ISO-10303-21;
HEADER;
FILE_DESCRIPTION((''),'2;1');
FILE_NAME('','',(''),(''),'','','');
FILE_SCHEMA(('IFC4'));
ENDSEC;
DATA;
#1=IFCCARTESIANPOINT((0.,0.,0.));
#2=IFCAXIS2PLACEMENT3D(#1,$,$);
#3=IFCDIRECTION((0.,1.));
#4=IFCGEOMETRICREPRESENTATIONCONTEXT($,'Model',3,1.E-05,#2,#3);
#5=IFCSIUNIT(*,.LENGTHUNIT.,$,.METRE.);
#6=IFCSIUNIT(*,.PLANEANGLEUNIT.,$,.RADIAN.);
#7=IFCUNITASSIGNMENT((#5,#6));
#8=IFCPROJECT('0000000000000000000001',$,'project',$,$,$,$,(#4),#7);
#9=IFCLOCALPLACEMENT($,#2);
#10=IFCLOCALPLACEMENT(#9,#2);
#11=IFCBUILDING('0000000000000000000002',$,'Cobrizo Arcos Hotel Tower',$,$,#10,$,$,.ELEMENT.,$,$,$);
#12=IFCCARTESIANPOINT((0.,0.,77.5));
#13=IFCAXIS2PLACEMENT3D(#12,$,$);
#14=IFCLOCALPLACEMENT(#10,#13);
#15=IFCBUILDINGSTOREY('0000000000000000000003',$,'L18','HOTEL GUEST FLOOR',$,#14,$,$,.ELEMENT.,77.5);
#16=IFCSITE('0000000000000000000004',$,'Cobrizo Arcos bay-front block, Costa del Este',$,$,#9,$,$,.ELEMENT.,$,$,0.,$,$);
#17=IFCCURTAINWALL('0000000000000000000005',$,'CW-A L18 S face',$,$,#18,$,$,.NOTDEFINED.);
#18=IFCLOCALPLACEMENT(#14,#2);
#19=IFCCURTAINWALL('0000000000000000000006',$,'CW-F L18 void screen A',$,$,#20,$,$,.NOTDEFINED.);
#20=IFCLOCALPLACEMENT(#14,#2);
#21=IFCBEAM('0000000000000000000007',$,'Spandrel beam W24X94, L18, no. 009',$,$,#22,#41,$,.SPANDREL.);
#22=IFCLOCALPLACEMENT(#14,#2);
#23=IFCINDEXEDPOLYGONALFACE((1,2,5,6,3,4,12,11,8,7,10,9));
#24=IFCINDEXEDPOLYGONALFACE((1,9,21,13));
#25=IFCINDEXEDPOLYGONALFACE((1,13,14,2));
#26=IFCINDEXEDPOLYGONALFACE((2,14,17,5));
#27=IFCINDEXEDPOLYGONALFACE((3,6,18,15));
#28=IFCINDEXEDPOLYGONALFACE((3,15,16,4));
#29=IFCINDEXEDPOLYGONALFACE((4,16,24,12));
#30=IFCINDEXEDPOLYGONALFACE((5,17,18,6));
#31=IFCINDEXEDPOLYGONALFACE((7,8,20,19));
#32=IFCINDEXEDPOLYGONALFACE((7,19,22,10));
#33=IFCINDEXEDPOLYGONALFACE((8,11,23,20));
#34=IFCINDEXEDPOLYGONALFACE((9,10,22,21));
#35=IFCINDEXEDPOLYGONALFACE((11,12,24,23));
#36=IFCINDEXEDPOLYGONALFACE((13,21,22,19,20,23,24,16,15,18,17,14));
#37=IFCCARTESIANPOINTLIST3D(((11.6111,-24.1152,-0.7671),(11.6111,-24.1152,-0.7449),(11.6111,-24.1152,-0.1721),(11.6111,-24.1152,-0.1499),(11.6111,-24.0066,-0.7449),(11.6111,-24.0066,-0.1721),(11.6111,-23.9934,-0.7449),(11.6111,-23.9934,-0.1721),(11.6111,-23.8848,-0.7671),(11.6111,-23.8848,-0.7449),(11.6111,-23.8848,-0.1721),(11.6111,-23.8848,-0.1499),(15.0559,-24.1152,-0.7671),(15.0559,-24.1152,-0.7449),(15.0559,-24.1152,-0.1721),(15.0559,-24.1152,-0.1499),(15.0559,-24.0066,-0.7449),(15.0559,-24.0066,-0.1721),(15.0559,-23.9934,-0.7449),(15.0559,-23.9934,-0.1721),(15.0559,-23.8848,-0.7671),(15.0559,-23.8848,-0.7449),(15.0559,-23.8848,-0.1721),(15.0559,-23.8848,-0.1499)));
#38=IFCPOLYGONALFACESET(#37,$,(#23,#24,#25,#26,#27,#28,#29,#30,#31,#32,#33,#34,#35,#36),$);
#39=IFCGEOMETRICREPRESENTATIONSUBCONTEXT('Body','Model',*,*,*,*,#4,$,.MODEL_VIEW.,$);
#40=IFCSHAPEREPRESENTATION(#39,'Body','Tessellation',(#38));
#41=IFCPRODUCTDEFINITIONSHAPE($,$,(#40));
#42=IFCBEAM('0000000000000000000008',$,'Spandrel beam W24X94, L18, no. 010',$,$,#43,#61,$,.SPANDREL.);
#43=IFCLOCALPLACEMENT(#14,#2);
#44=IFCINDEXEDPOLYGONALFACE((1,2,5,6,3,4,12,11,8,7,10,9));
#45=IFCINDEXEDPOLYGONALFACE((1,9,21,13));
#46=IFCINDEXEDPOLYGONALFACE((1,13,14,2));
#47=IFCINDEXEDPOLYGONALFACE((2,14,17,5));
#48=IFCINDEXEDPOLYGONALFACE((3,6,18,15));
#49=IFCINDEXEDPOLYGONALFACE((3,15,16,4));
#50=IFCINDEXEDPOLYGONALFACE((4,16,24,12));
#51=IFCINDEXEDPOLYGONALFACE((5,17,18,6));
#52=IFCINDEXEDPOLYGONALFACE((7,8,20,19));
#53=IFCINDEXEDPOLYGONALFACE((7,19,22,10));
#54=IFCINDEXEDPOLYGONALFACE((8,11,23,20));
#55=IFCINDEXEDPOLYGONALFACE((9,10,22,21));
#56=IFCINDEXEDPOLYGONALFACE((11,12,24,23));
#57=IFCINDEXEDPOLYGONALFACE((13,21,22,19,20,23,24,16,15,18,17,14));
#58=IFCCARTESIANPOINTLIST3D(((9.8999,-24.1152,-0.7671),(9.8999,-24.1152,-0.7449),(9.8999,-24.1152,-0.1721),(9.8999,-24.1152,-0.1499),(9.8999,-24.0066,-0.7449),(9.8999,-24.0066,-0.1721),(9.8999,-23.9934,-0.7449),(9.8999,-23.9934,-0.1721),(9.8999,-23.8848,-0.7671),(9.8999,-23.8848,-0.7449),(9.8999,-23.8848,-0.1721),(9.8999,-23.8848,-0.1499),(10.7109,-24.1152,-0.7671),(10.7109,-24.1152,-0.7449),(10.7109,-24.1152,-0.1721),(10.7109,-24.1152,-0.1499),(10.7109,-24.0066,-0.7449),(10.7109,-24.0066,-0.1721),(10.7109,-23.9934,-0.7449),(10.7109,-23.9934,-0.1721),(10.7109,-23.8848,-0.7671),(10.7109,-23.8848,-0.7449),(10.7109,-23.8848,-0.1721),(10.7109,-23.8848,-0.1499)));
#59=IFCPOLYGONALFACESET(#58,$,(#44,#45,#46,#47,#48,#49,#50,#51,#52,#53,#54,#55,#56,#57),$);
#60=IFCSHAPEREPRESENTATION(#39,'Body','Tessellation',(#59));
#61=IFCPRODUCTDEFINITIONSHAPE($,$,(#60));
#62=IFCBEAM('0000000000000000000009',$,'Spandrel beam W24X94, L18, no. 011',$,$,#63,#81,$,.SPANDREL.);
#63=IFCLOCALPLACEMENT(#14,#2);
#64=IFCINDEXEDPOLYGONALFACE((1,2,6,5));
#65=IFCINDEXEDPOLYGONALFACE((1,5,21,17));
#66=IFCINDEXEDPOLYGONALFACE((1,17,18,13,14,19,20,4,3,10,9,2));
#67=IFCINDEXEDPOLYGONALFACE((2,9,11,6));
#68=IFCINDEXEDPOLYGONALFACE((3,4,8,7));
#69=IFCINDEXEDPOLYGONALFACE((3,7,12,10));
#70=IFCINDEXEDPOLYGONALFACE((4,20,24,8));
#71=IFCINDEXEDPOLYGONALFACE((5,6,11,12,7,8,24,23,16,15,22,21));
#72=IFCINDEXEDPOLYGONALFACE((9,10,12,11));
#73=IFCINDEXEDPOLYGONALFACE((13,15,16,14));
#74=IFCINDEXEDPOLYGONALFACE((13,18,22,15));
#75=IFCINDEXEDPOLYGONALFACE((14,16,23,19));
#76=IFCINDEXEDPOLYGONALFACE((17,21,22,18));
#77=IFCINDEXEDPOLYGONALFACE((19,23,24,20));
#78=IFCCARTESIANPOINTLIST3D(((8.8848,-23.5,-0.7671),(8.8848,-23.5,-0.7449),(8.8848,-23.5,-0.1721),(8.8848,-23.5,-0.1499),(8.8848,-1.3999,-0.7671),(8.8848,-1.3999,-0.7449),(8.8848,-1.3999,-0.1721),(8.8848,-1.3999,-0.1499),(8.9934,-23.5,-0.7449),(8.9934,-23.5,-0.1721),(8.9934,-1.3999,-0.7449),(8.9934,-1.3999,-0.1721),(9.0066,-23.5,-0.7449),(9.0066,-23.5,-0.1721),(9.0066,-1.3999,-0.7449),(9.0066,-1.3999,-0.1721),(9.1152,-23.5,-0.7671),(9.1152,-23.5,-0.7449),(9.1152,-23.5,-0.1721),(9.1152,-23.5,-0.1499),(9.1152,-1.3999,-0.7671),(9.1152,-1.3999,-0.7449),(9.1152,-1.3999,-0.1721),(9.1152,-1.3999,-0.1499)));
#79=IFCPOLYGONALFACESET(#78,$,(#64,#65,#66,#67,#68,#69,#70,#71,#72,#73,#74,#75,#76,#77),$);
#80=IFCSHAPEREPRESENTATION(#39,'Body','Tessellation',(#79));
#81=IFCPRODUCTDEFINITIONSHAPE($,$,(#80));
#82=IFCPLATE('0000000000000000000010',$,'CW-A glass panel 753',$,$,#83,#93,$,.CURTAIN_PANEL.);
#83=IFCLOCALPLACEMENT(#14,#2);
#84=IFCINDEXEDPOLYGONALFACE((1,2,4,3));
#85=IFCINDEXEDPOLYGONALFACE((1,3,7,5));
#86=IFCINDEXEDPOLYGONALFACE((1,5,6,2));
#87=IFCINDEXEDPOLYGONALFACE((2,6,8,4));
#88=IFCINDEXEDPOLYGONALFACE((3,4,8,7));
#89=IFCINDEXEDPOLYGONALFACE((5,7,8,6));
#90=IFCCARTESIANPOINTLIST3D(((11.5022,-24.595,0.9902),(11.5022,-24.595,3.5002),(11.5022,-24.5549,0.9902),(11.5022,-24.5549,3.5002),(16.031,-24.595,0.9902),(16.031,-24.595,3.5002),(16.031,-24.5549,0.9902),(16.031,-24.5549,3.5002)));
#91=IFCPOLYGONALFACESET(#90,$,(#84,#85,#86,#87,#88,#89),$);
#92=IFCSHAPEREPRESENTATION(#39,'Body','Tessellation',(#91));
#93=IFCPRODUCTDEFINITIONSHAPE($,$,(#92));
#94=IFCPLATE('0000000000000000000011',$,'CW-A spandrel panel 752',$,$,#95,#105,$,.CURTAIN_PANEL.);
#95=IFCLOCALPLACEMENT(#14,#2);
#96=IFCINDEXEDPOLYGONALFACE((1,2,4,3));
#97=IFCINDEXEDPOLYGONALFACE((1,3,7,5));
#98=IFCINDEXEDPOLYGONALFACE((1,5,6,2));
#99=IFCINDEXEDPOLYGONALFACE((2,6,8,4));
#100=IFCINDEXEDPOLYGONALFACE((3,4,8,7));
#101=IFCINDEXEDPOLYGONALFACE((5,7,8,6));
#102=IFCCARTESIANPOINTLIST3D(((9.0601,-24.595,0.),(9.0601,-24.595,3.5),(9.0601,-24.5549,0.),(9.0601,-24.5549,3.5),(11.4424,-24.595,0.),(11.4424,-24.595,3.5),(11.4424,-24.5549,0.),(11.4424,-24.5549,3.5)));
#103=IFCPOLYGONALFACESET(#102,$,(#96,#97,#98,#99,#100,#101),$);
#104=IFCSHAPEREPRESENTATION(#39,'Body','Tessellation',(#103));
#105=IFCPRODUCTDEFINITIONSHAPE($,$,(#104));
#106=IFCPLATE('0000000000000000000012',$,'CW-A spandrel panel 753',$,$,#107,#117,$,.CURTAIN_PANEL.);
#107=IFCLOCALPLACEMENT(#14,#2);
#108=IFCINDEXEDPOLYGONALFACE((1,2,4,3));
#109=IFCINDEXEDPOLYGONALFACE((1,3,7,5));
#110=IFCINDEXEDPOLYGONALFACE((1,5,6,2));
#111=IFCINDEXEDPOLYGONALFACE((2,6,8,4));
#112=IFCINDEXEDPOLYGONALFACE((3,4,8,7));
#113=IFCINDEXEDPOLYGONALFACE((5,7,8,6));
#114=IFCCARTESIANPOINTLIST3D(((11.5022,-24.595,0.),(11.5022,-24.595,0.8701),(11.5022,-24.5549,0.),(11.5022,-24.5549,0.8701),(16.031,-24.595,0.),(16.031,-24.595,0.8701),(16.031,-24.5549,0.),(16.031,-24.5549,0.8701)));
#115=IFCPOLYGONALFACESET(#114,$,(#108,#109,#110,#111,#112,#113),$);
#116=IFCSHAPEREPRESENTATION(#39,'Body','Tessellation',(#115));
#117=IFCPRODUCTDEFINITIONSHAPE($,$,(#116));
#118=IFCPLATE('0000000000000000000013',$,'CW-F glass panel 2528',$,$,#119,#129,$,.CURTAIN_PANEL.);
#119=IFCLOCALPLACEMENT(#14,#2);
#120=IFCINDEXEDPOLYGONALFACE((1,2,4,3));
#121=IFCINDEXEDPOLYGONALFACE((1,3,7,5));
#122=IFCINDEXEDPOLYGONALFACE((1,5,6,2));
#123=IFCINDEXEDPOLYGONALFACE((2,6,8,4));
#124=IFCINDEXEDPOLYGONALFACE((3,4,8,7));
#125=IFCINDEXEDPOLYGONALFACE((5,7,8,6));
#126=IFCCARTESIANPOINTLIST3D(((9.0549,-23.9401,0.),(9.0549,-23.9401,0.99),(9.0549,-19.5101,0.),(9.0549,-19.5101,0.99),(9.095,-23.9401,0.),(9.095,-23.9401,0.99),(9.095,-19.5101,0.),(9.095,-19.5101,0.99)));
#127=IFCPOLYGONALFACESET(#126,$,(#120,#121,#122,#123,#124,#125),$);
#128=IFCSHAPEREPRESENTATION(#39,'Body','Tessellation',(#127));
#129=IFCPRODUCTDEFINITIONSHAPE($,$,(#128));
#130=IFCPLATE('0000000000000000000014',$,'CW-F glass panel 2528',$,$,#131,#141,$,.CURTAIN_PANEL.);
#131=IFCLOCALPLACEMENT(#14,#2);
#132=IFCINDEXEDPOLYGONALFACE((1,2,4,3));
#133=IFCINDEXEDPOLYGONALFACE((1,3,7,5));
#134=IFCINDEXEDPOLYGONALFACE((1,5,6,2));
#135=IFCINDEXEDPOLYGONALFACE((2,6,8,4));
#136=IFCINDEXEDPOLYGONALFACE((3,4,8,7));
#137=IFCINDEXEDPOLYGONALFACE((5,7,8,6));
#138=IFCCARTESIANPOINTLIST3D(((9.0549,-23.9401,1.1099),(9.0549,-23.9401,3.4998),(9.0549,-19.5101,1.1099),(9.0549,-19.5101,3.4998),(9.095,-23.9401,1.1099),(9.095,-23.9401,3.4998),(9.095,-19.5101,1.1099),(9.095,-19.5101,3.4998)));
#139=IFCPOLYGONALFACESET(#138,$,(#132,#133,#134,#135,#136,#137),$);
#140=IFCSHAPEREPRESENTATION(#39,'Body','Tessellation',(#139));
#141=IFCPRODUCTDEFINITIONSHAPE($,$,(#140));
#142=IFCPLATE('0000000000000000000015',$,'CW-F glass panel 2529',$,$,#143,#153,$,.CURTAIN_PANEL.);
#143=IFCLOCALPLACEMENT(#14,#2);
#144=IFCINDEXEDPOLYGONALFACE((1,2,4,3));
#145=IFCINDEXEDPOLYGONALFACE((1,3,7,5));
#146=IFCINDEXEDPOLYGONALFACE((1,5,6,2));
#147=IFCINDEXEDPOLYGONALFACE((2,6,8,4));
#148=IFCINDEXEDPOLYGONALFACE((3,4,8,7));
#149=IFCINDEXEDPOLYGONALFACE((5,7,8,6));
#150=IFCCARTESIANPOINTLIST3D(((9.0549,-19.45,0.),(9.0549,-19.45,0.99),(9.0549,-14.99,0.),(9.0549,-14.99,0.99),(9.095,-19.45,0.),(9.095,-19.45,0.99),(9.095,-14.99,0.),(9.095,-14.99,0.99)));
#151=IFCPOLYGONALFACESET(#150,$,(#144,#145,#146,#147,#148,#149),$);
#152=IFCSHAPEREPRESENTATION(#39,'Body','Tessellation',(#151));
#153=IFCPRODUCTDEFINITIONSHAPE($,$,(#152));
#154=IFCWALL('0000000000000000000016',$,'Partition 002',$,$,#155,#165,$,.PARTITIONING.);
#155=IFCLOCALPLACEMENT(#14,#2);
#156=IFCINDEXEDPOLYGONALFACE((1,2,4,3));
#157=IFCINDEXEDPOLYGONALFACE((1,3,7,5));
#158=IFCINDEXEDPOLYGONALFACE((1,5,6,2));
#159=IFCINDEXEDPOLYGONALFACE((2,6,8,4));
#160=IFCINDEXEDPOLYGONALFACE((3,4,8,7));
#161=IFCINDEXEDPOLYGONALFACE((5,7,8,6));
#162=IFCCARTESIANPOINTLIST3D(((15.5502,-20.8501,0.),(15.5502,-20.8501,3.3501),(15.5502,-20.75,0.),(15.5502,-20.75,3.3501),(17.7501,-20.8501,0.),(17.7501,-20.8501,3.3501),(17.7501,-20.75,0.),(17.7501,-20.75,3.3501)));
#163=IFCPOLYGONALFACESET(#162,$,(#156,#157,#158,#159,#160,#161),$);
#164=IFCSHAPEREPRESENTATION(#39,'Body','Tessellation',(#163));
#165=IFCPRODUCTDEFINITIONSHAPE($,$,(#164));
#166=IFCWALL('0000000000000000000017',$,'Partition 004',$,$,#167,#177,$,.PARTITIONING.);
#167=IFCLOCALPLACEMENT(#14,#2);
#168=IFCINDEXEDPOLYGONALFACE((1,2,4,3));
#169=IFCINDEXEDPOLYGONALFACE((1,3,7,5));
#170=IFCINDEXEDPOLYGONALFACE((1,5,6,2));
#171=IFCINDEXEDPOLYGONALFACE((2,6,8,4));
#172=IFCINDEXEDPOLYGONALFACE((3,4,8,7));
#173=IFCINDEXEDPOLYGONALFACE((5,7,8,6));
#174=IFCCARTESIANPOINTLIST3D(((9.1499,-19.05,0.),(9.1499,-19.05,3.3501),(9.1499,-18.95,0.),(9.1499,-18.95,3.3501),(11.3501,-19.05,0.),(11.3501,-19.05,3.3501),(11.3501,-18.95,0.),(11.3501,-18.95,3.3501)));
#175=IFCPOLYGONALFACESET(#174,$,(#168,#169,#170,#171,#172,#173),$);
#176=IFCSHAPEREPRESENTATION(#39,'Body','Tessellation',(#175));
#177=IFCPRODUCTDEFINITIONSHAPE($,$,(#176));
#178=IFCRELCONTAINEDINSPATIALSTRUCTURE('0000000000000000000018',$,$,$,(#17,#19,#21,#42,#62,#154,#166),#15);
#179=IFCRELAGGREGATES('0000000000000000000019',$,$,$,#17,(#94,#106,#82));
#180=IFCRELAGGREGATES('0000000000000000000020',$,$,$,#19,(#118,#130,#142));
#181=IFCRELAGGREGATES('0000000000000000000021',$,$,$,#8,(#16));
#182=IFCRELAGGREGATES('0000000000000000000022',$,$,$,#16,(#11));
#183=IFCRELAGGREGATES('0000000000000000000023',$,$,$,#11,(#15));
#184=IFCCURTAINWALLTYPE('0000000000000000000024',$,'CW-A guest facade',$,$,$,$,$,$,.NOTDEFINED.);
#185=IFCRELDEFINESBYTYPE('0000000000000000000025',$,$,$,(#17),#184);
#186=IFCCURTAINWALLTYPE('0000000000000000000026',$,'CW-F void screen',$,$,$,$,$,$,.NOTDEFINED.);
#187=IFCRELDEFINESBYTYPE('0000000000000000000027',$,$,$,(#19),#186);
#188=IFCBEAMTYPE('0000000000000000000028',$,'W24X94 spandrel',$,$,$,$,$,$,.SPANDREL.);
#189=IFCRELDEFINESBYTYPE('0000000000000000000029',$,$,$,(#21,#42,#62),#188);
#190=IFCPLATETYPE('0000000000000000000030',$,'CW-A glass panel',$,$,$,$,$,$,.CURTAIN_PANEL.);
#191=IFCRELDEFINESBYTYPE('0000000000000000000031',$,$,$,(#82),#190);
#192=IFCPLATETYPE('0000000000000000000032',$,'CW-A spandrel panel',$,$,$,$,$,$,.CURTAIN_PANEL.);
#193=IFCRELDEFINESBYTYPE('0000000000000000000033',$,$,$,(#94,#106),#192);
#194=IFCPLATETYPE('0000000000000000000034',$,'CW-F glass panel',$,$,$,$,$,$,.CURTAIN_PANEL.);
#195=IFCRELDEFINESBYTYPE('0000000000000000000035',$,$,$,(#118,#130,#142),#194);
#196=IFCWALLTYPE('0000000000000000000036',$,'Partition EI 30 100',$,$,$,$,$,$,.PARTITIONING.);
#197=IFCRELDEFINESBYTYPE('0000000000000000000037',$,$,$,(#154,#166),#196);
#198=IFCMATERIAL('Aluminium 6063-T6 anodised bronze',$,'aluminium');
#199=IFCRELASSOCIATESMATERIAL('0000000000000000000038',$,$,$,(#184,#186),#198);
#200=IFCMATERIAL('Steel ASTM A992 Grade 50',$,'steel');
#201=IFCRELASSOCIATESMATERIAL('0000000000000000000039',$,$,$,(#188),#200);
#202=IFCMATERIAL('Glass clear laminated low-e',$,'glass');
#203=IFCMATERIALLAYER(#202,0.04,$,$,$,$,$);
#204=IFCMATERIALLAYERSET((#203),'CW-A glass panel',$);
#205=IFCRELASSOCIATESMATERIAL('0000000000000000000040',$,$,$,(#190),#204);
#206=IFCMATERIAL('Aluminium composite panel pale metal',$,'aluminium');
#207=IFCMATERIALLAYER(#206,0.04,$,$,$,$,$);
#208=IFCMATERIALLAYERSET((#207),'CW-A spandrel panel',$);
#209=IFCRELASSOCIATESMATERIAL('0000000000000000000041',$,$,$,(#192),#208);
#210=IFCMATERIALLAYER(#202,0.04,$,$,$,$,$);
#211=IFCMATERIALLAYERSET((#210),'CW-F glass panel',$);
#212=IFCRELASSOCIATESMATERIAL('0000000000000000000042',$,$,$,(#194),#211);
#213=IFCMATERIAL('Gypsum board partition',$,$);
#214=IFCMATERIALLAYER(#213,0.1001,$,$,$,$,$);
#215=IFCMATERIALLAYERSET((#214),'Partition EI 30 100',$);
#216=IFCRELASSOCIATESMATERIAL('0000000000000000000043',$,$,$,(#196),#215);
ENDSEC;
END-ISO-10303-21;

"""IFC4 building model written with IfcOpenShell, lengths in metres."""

from ifc_helpers import new_model, si_unit, direction, frame, frame_2d, origin, origin_2d, place, context, subcontext, project, spatial, rectangle, i_section, extrude, material, layer, layer_set, material_profile, profile_set, type_object, element, aggregate, save


model = new_model("IFC4")

# Units and contexts
model_context = context("Model", 3, precision=1e-05, world=origin(), true_north=direction((0.0, 1.0)))
body_context = subcontext(model_context, "Body", "Model", "MODEL_VIEW")
ifc_project = project(units=[si_unit("LENGTHUNIT", "METRE"), si_unit("PLANEANGLEUNIT", "RADIAN")], contexts=[model_context])

# Site, building, storey
site_placement = place(None, origin())
site = spatial("IfcSite", under=ifc_project, at=site_placement, Name="Cobrizo Arcos bay-front block, Costa del Este", CompositionType="ELEMENT", RefElevation=0.0)
building_placement = place(site_placement, origin())
building = spatial("IfcBuilding", under=site, at=building_placement, Name="Cobrizo Arcos Hotel Tower", CompositionType="ELEMENT")
storey_placement = place(building_placement, frame((0.0, 0.0, 77.5)))
storey = spatial("IfcBuildingStorey", under=building, at=storey_placement, Name="L18", Description="HOTEL GUEST FLOOR", CompositionType="ELEMENT", Elevation=77.5)

# Curtain walls
ifc_material_1 = material(Name="Aluminium 6063-T6 anodised bronze", Category="aluminium")
curtain_wall_type_1 = type_object("IfcCurtainWallType", Name="CW-A guest facade", PredefinedType="NOTDEFINED", material=ifc_material_1)
curtain_wall_1_placement = place(storey_placement, origin())
curtain_wall_1 = element("IfcCurtainWall", 1, at=curtain_wall_1_placement, inside=storey, type_object=curtain_wall_type_1, Name="CW-A L18 S face", PredefinedType="NOTDEFINED")
curtain_wall_type_2 = type_object("IfcCurtainWallType", Name="CW-F void screen", PredefinedType="NOTDEFINED", material=ifc_material_1)
curtain_wall_2_placement = place(storey_placement, origin())
curtain_wall_2 = element("IfcCurtainWall", 2, at=curtain_wall_2_placement, inside=storey, type_object=curtain_wall_type_2, Name="CW-F L18 void screen A", PredefinedType="NOTDEFINED")

# Beams
ifc_material_2 = material(Name="Steel ASTM A992 Grade 50", Category="steel")
ifc_material_profile_1 = material_profile(ifc_material_2, i_section(OverallWidth=0.2305, OverallDepth=0.6172, WebThickness=0.0132, FlangeThickness=0.0222, at=origin_2d()), Name="W24X94")
ifc_profile_set_1 = profile_set([ifc_material_profile_1], Name="Steel ASTM A992 Grade 50")
beam_type_1 = type_object("IfcBeamType", Name="W24X94 spandrel", PredefinedType="SPANDREL", material=ifc_profile_set_1)
beam_1_placement = place(storey_placement, frame((15.0559, -24.0, -0.4585), z_axis=(-1.0, 0.0, 0.0), x_axis=(0.0, -1.0, 0.0)))
element("IfcBeam", 3, at=beam_1_placement, inside=storey, type_object=beam_type_1, Name="Spandrel beam W24X94, L18, no. 009", PredefinedType="SPANDREL", context=body_context, shape_type="SweptSolid", body=[
    extrude(i_section(OverallWidth=0.2305, OverallDepth=0.6172, WebThickness=0.0132, FlangeThickness=0.0222, at=origin_2d()), origin(), (0.0, 0.0, 1.0), 3.4448),
])
beam_2_placement = place(storey_placement, frame((10.7109, -24.0, -0.4585), z_axis=(-1.0, 0.0, 0.0), x_axis=(0.0, -1.0, 0.0)))
element("IfcBeam", 4, at=beam_2_placement, inside=storey, type_object=beam_type_1, Name="Spandrel beam W24X94, L18, no. 010", PredefinedType="SPANDREL", context=body_context, shape_type="SweptSolid", body=[
    extrude(i_section(OverallWidth=0.2305, OverallDepth=0.6172, WebThickness=0.0132, FlangeThickness=0.0222, at=origin_2d()), origin(), (0.0, 0.0, 1.0), 0.811),
])
beam_3_placement = place(storey_placement, frame((9.0, -23.5, -0.4585), z_axis=(0.0, 1.0, 0.0), x_axis=(-1.0, 0.0, 0.0)))
element("IfcBeam", 5, at=beam_3_placement, inside=storey, type_object=beam_type_1, Name="Spandrel beam W24X94, L18, no. 011", PredefinedType="SPANDREL", context=body_context, shape_type="SweptSolid", body=[
    extrude(i_section(OverallWidth=0.2305, OverallDepth=0.6172, WebThickness=0.0132, FlangeThickness=0.0222, at=origin_2d()), origin(), (0.0, 0.0, 1.0), 22.1001),
])

# Plates
ifc_material_3 = material(Name="Glass clear laminated low-e", Category="glass")
ifc_layer_1 = layer(ifc_material_3, 0.04)
ifc_layer_set_1 = layer_set([ifc_layer_1], Name="CW-A glass panel")
plate_type_1 = type_object("IfcPlateType", Name="CW-A glass panel", PredefinedType="CURTAIN_PANEL", material=ifc_layer_set_1)
plate_1_placement = place(storey_placement, frame((13.7666, -24.575, 0.9902), z_axis=(0.0, 0.0, 1.0), x_axis=(1.0, 0.0, 0.0)))
plate_1 = element("IfcPlate", 6, at=plate_1_placement, type_object=plate_type_1, Name="CW-A glass panel 753", PredefinedType="CURTAIN_PANEL", context=body_context, shape_type="SweptSolid", body=[
    extrude(rectangle(XDim=4.5288, YDim=0.04, at=origin_2d()), origin(), (0.0, 0.0, 1.0), 2.51),
])
ifc_material_4 = material(Name="Aluminium composite panel pale metal", Category="aluminium")
ifc_layer_2 = layer(ifc_material_4, 0.04)
ifc_layer_set_2 = layer_set([ifc_layer_2], Name="CW-A spandrel panel")
plate_type_2 = type_object("IfcPlateType", Name="CW-A spandrel panel", PredefinedType="CURTAIN_PANEL", material=ifc_layer_set_2)
plate_2_placement = place(storey_placement, frame((10.2512, -24.575, 0.0), z_axis=(0.0, 0.0, 1.0), x_axis=(1.0, 0.0, 0.0)))
plate_2 = element("IfcPlate", 7, at=plate_2_placement, type_object=plate_type_2, Name="CW-A spandrel panel 752", PredefinedType="CURTAIN_PANEL", context=body_context, shape_type="SweptSolid", body=[
    extrude(rectangle(XDim=2.3823, YDim=0.04, at=origin_2d()), origin(), (0.0, 0.0, 1.0), 3.5),
])
plate_3_placement = place(storey_placement, frame((13.7666, -24.575, 0.0), z_axis=(0.0, 0.0, 1.0), x_axis=(1.0, 0.0, 0.0)))
plate_3 = element("IfcPlate", 8, at=plate_3_placement, type_object=plate_type_2, Name="CW-A spandrel panel 753", PredefinedType="CURTAIN_PANEL", context=body_context, shape_type="SweptSolid", body=[
    extrude(rectangle(XDim=4.5288, YDim=0.04, at=origin_2d()), origin(), (0.0, 0.0, 1.0), 0.8701),
])
aggregate(curtain_wall_1, [plate_2, plate_3, plate_1])
ifc_layer_3 = layer(ifc_material_3, 0.04)
ifc_layer_set_3 = layer_set([ifc_layer_3], Name="CW-F glass panel")
plate_type_3 = type_object("IfcPlateType", Name="CW-F glass panel", PredefinedType="CURTAIN_PANEL", material=ifc_layer_set_3)
plate_4_placement = place(storey_placement, frame((9.075, -21.7251, 0.0), z_axis=(0.0, 0.0, 1.0), x_axis=(0.0, 1.0, 0.0)))
plate_4 = element("IfcPlate", 9, at=plate_4_placement, type_object=plate_type_3, Name="CW-F glass panel 2528", PredefinedType="CURTAIN_PANEL", context=body_context, shape_type="SweptSolid", body=[
    extrude(rectangle(XDim=4.4299, YDim=0.04, at=origin_2d()), origin(), (0.0, 0.0, 1.0), 0.99),
])
plate_5_placement = place(storey_placement, frame((9.075, -21.7251, 1.1099), z_axis=(0.0, 0.0, 1.0), x_axis=(0.0, 1.0, 0.0)))
plate_5 = element("IfcPlate", 10, at=plate_5_placement, type_object=plate_type_3, Name="CW-F glass panel 2528", PredefinedType="CURTAIN_PANEL", context=body_context, shape_type="SweptSolid", body=[
    extrude(rectangle(XDim=4.4299, YDim=0.04, at=origin_2d()), origin(), (0.0, 0.0, 1.0), 2.3899),
])
plate_6_placement = place(storey_placement, frame((9.075, -17.22, 0.0), z_axis=(0.0, 0.0, 1.0), x_axis=(0.0, 1.0, 0.0)))
plate_6 = element("IfcPlate", 11, at=plate_6_placement, type_object=plate_type_3, Name="CW-F glass panel 2529", PredefinedType="CURTAIN_PANEL", context=body_context, shape_type="SweptSolid", body=[
    extrude(rectangle(XDim=4.46, YDim=0.04, at=origin_2d()), origin(), (0.0, 0.0, 1.0), 0.99),
])
aggregate(curtain_wall_2, [plate_4, plate_5, plate_6])

# Walls
ifc_material_5 = material(Name="Gypsum board partition")
ifc_layer_4 = layer(ifc_material_5, 0.1001)
ifc_layer_set_4 = layer_set([ifc_layer_4], Name="Partition EI 30 100")
wall_type = type_object("IfcWallType", Name="Partition EI 30 100", PredefinedType="PARTITIONING", material=ifc_layer_set_4)
wall_1_placement = place(storey_placement, frame((15.55, -20.8, 0.0), z_axis=(0.0, 0.0, 1.0), x_axis=(1.0, 0.0, 0.0)))
element("IfcWall", 12, at=wall_1_placement, inside=storey, type_object=wall_type, Name="Partition 002", PredefinedType="PARTITIONING", context=body_context, shape_type="SweptSolid", body=[
    extrude(rectangle(XDim=2.2, YDim=0.1001, at=frame_2d((1.1001, 0.0))), origin(), (0.0, 0.0, 1.0), 3.3501),
])
wall_2_placement = place(storey_placement, frame((9.1499, -19.0, 0.0), z_axis=(0.0, 0.0, 1.0), x_axis=(1.0, 0.0, 0.0)))
element("IfcWall", 13, at=wall_2_placement, inside=storey, type_object=wall_type, Name="Partition 004", PredefinedType="PARTITIONING", context=body_context, shape_type="SweptSolid", body=[
    extrude(rectangle(XDim=2.2002, YDim=0.1001, at=frame_2d((1.1001, 0.0))), origin(), (0.0, 0.0, 1.0), 3.3501),
])

save(model, "model.ifc")
